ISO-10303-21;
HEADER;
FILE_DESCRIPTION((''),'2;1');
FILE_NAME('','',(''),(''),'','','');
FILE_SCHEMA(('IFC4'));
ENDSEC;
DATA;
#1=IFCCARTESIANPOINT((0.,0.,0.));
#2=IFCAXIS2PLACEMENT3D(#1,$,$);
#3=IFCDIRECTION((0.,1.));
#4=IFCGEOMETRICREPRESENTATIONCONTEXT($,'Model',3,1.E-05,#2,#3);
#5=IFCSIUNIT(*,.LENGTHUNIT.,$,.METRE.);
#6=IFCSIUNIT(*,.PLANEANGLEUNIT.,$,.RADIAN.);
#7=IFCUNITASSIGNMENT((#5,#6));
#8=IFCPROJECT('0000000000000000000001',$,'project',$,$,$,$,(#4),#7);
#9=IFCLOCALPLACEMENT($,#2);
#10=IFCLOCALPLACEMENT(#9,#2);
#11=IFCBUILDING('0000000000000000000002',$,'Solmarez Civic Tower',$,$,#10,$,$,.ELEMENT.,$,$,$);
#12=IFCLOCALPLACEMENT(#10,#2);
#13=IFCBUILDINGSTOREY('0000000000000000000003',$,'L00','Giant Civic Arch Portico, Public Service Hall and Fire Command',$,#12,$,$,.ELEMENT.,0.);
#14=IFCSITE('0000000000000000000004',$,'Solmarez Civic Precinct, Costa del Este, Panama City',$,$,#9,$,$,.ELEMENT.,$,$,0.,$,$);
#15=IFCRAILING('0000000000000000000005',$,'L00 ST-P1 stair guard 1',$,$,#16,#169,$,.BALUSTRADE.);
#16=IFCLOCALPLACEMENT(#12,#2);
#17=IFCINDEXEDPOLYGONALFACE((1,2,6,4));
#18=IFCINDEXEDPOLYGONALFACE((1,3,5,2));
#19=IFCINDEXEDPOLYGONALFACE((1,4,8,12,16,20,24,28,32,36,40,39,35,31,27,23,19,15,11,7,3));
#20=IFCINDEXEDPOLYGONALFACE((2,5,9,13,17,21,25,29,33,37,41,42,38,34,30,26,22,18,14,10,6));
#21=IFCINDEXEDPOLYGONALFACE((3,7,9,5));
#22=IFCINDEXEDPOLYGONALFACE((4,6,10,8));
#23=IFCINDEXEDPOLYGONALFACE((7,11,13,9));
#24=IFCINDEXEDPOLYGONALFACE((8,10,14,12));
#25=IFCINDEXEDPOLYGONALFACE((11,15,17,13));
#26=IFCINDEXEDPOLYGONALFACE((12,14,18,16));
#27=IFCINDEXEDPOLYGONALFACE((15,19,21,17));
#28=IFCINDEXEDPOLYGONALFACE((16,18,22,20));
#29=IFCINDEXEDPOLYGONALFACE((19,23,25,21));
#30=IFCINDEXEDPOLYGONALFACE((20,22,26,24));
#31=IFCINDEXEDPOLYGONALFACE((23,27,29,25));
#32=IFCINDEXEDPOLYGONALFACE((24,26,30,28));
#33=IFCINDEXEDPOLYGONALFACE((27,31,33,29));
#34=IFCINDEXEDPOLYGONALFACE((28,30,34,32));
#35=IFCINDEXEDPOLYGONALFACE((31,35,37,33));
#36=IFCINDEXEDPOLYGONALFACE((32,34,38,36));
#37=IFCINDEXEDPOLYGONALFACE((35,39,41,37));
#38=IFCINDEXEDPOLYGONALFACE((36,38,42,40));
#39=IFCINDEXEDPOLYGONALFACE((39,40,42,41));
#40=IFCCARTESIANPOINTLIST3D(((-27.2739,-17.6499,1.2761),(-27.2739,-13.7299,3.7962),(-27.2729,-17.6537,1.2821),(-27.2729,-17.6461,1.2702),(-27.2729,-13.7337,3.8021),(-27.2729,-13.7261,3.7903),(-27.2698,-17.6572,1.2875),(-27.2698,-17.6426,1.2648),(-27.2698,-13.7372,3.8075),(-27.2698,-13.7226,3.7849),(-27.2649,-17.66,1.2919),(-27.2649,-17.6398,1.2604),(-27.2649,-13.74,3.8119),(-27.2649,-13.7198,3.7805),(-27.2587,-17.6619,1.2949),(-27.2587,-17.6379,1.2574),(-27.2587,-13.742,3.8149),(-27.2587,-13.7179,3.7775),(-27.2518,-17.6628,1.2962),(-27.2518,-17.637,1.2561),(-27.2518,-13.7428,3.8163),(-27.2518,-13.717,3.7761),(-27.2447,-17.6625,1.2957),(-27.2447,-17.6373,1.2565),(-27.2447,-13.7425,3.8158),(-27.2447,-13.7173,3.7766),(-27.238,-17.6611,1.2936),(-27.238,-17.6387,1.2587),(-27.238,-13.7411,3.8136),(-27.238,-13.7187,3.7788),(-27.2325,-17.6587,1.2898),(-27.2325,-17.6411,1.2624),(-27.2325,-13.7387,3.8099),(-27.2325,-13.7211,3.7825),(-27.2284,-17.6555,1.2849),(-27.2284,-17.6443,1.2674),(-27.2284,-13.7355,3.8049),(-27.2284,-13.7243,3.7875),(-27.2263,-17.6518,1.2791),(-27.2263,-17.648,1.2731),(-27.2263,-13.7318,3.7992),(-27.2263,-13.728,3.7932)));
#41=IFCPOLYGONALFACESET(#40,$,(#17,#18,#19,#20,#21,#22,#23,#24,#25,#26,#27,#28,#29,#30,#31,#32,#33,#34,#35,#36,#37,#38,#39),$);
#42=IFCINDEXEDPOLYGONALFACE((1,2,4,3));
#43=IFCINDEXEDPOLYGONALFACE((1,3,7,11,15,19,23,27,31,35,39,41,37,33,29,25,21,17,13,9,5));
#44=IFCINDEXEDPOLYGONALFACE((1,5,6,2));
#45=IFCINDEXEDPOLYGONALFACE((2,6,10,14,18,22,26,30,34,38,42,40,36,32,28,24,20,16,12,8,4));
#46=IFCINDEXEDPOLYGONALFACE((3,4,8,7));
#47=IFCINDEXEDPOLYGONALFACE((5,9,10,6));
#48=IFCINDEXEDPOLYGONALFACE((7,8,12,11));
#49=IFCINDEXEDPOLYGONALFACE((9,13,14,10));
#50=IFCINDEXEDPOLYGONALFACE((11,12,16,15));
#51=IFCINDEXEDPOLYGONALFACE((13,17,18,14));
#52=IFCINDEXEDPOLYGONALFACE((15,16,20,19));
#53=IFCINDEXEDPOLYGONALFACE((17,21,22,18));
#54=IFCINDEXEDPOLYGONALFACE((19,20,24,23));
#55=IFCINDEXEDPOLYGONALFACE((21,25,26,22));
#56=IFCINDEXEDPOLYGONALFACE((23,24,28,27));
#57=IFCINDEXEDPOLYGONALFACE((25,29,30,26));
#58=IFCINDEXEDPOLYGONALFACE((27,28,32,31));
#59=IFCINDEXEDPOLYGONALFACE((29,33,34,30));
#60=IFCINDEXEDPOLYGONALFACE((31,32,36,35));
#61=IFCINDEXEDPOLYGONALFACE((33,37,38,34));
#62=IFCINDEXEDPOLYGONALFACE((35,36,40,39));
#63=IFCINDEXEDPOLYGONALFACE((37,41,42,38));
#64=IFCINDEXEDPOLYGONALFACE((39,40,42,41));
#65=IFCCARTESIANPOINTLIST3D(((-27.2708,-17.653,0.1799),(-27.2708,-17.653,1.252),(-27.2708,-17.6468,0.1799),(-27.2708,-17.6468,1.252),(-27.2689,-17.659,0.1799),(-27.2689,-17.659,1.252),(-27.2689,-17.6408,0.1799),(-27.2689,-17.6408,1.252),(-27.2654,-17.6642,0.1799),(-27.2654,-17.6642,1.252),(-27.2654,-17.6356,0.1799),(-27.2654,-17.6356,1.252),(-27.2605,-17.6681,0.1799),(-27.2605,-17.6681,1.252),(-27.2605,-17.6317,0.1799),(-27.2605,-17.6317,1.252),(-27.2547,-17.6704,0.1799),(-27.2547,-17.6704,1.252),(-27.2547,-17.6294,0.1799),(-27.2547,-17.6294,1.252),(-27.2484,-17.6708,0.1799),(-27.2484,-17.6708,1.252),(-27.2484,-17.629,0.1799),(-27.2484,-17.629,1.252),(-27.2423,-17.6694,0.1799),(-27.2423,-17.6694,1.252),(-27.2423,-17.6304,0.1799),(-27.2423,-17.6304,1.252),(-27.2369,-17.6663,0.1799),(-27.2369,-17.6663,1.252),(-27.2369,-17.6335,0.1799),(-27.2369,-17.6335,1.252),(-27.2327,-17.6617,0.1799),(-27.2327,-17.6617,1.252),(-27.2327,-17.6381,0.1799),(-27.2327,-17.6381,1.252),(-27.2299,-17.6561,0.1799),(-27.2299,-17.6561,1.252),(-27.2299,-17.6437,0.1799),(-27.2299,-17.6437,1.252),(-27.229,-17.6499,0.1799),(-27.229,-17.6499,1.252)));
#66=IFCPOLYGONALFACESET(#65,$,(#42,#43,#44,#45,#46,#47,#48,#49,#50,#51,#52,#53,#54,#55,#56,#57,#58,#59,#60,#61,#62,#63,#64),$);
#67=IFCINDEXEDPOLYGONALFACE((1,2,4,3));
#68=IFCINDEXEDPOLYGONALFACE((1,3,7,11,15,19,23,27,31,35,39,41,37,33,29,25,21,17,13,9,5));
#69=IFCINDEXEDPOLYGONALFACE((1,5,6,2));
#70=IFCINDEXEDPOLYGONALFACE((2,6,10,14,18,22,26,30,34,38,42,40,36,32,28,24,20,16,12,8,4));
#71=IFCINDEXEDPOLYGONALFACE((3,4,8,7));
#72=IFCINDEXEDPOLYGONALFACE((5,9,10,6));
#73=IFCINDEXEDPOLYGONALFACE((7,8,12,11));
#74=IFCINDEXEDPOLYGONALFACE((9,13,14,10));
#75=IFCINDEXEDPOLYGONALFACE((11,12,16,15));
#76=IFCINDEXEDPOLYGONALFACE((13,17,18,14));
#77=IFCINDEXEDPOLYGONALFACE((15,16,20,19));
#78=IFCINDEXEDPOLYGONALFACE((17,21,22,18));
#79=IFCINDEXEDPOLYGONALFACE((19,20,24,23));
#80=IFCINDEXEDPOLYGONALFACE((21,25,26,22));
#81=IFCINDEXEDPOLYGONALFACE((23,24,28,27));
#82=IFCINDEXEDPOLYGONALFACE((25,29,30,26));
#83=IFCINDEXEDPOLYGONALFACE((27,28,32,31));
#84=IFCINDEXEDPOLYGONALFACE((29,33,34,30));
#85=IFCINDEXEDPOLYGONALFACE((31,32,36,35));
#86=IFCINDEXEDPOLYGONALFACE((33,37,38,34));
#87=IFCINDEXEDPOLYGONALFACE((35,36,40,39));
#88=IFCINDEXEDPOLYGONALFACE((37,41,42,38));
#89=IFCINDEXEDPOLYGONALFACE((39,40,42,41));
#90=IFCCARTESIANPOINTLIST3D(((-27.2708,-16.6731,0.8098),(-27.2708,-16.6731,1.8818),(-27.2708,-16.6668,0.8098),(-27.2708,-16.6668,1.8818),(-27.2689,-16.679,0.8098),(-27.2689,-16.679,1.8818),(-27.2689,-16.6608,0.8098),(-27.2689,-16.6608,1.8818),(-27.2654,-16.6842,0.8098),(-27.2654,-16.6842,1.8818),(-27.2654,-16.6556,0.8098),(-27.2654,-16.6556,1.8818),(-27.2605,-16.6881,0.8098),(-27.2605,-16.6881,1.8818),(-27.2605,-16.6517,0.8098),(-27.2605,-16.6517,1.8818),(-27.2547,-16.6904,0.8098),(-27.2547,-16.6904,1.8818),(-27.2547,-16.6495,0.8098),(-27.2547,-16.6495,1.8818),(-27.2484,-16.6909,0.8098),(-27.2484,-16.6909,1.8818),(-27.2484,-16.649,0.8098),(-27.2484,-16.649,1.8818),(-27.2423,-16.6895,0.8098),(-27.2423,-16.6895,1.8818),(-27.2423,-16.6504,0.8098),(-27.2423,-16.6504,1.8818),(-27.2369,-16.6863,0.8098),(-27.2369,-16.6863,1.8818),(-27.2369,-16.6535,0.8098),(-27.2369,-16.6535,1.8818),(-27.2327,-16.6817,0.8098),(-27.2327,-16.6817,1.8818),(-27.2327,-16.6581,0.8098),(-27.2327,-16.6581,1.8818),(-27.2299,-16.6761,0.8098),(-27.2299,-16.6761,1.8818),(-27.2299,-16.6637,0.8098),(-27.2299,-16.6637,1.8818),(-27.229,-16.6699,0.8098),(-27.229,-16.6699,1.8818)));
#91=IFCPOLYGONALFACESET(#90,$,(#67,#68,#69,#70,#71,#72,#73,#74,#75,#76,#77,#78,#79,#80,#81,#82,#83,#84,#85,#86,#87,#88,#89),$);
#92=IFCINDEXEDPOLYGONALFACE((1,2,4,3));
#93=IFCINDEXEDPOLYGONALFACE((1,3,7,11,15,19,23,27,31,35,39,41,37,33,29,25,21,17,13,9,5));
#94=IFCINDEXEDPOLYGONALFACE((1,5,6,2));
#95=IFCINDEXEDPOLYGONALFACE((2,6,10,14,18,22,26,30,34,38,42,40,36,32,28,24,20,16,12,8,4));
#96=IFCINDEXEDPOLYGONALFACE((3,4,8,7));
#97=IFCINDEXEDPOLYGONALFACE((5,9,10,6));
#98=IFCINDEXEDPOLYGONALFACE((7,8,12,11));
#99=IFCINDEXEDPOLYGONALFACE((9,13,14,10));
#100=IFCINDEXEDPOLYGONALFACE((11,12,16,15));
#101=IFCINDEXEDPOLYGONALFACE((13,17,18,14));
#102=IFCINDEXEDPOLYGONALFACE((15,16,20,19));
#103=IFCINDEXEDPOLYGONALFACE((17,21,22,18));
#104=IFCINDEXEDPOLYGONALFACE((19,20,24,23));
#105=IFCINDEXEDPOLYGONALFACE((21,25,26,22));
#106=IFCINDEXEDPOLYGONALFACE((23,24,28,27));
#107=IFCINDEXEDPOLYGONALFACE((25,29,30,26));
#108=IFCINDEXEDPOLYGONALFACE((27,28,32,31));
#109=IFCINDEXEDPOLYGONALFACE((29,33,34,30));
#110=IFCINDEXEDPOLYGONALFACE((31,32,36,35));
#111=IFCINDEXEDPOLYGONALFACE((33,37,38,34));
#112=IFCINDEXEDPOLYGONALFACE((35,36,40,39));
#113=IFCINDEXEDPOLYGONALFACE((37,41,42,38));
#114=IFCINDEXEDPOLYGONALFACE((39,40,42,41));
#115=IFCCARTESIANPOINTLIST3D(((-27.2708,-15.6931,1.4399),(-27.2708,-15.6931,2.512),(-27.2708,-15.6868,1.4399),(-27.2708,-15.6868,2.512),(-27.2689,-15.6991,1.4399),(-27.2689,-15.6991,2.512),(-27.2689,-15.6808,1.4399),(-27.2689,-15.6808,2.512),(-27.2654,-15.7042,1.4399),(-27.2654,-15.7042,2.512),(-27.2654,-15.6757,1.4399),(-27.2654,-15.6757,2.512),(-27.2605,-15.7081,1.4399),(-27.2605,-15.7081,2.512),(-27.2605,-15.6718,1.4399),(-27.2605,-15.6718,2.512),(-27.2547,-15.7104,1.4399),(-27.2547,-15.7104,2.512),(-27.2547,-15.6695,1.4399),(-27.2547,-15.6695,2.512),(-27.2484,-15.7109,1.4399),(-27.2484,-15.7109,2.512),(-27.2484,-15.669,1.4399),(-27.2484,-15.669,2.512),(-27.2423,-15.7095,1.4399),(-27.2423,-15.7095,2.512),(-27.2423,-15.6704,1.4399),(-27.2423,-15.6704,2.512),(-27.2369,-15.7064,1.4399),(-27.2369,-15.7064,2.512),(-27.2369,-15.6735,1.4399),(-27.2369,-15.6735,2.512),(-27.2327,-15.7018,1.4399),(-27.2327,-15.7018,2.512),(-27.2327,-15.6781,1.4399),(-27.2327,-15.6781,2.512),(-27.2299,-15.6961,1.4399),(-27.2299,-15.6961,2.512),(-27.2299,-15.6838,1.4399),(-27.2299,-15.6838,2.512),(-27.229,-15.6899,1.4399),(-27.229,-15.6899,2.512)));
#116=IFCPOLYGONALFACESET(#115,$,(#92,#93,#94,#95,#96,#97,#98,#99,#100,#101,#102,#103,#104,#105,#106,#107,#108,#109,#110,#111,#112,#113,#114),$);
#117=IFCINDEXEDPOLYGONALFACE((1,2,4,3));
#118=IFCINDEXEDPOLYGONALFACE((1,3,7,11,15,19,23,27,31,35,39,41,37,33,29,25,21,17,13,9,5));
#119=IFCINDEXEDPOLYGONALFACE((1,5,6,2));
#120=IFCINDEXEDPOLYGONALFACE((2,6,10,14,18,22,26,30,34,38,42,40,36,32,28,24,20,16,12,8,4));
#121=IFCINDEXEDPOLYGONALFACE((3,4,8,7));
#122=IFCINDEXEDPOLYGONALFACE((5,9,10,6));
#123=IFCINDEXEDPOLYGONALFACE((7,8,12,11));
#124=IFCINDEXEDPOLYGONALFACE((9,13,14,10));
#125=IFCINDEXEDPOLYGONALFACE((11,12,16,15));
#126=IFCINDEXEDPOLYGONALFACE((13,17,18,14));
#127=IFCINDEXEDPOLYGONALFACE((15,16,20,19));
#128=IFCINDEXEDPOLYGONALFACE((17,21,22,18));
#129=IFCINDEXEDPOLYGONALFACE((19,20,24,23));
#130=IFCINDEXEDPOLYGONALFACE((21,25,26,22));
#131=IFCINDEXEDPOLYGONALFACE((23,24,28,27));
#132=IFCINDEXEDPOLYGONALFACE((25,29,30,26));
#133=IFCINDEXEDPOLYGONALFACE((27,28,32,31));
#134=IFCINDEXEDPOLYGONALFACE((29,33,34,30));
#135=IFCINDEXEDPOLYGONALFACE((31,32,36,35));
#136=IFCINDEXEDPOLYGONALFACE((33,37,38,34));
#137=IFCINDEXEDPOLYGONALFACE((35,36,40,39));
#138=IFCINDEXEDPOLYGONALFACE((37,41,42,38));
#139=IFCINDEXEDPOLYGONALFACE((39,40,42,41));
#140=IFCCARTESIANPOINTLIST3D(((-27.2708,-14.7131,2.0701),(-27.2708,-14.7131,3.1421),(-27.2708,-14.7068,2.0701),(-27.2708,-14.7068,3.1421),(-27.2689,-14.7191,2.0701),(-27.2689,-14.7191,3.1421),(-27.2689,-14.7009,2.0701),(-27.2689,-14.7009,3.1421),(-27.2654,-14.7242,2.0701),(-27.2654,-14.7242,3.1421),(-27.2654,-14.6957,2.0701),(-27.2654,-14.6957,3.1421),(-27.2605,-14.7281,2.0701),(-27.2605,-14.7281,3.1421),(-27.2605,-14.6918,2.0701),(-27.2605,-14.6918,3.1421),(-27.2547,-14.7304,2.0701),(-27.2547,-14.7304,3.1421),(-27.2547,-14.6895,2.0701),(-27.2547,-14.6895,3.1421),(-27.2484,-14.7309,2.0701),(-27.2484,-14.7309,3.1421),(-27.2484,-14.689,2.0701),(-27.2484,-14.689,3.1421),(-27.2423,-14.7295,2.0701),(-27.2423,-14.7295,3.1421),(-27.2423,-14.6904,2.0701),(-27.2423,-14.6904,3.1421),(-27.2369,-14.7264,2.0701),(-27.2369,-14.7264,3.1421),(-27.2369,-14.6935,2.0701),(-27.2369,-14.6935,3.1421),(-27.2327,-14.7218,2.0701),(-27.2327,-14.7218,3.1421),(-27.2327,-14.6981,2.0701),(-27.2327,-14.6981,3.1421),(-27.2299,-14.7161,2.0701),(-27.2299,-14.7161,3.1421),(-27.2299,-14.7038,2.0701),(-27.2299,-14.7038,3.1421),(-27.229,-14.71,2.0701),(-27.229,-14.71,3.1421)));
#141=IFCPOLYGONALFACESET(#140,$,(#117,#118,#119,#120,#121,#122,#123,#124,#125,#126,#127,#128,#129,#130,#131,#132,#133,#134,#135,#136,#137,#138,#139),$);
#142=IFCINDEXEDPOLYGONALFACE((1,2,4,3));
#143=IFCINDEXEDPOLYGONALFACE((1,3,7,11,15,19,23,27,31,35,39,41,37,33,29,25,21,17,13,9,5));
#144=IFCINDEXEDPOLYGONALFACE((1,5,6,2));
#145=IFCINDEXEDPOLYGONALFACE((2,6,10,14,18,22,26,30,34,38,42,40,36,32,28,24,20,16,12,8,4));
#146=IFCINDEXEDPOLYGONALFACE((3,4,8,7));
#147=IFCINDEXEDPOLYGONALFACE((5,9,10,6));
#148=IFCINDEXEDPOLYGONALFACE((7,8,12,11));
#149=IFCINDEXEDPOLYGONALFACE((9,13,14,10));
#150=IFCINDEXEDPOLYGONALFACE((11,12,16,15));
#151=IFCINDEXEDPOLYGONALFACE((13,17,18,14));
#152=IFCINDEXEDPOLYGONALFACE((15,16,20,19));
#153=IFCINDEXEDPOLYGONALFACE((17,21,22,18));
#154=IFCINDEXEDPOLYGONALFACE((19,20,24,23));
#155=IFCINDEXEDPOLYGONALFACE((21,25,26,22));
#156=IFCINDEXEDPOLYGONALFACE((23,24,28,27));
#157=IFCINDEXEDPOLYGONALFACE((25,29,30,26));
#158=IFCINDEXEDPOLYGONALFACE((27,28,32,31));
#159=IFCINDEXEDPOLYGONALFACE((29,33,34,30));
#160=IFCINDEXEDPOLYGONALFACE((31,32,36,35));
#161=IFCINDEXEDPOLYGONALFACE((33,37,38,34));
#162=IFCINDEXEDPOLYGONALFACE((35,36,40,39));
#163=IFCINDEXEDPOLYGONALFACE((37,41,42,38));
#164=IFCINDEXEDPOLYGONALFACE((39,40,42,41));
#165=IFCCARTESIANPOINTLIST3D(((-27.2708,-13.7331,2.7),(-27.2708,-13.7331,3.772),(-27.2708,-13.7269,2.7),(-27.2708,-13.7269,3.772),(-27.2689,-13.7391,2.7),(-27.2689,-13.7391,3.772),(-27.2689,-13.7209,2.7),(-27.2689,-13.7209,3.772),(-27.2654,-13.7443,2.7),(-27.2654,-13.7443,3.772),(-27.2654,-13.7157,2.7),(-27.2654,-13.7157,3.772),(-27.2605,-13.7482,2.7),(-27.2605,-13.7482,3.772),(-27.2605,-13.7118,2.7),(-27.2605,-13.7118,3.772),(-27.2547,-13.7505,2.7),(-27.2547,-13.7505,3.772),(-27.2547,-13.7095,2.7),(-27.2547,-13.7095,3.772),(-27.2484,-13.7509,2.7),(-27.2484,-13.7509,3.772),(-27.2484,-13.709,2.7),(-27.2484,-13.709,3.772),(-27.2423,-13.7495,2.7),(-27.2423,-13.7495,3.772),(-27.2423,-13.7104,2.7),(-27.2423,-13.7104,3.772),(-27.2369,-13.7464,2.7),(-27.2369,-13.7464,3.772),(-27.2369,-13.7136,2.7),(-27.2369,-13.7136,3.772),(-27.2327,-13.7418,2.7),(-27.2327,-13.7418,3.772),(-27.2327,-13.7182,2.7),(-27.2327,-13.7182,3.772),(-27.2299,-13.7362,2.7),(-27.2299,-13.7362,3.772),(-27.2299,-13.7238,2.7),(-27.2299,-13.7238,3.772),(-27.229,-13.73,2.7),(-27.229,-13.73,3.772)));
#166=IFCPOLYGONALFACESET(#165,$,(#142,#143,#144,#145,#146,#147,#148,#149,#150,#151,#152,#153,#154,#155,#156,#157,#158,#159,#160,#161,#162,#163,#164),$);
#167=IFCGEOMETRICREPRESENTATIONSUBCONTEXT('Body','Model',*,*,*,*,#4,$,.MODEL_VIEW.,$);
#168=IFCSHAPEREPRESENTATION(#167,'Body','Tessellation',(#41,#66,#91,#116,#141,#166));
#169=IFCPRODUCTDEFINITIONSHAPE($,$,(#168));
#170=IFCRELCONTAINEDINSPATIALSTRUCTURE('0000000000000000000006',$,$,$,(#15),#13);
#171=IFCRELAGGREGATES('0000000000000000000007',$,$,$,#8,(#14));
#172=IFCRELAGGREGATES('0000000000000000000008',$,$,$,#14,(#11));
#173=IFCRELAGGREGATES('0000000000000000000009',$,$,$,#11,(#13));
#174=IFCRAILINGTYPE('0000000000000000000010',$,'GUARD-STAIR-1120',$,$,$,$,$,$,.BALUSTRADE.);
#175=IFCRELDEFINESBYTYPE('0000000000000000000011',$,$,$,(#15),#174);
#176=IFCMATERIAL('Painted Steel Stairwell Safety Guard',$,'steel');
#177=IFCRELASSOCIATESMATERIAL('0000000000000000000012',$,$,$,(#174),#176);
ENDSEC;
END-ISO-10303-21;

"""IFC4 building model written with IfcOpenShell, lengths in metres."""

from ifc_helpers import new_model, si_unit, direction, frame, origin, origin_2d, place, context, subcontext, project, spatial, circle, extrude, material, type_object, element, save


model = new_model("IFC4")

# Units and contexts
model_context = context("Model", 3, precision=1e-05, world=origin(), true_north=direction((0.0, 1.0)))
body_context = subcontext(model_context, "Body", "Model", "MODEL_VIEW")
ifc_project = project(units=[si_unit("LENGTHUNIT", "METRE"), si_unit("PLANEANGLEUNIT", "RADIAN")], contexts=[model_context])

# Site, building, storey
site_placement = place(None, origin())
site = spatial("IfcSite", under=ifc_project, at=site_placement, Name="Solmarez Civic Precinct, Costa del Este, Panama City", CompositionType="ELEMENT", RefElevation=0.0)
building_placement = place(site_placement, origin())
building = spatial("IfcBuilding", under=site, at=building_placement, Name="Solmarez Civic Tower", CompositionType="ELEMENT")
storey_placement = place(building_placement, origin())
storey = spatial("IfcBuildingStorey", under=building, at=storey_placement, Name="L00", Description="Giant Civic Arch Portico, Public Service Hall and Fire Command", CompositionType="ELEMENT", Elevation=0.0)

# Railing
ifc_material_1 = material(Name="Painted Steel Stairwell Safety Guard", Category="steel")
railing_type_1 = type_object("IfcRailingType", Name="GUARD-STAIR-1120", PredefinedType="BALUSTRADE", material=ifc_material_1)
railing_1_placement = place(storey_placement, frame((-27.25, -17.6499, 0.1799)))
element("IfcRailing", 1, at=railing_1_placement, inside=storey, type_object=railing_type_1, Name="L00 ST-P1 stair guard 1", PredefinedType="BALUSTRADE", context=body_context, shape_type="SweptSolid", body=[
    extrude(circle(Radius=0.0239, at=origin_2d()), frame((0.0, 0.0, 1.0962), z_axis=(0.0, 0.841172, 0.540768), x_axis=(-1.0, 0.0, 0.0)), (0.0, 0.0, 1.0), 4.6602),
    extrude(circle(Radius=0.021, at=origin_2d()), origin(), (0.0, 0.0, 1.0), 1.072),
    extrude(circle(Radius=0.021, at=origin_2d()), frame((0.0, 0.98, 0.6299)), (0.0, 0.0, 1.0), 1.072),
    extrude(circle(Radius=0.021, at=origin_2d()), frame((0.0, 1.96, 1.26)), (0.0, 0.0, 1.0), 1.072),
    extrude(circle(Radius=0.021, at=origin_2d()), frame((0.0, 2.9399, 1.8901)), (0.0, 0.0, 1.0), 1.072),
    extrude(circle(Radius=0.021, at=origin_2d()), frame((0.0, 3.9199, 2.52)), (0.0, 0.0, 1.0), 1.072),
])

save(model, "model.ifc")
